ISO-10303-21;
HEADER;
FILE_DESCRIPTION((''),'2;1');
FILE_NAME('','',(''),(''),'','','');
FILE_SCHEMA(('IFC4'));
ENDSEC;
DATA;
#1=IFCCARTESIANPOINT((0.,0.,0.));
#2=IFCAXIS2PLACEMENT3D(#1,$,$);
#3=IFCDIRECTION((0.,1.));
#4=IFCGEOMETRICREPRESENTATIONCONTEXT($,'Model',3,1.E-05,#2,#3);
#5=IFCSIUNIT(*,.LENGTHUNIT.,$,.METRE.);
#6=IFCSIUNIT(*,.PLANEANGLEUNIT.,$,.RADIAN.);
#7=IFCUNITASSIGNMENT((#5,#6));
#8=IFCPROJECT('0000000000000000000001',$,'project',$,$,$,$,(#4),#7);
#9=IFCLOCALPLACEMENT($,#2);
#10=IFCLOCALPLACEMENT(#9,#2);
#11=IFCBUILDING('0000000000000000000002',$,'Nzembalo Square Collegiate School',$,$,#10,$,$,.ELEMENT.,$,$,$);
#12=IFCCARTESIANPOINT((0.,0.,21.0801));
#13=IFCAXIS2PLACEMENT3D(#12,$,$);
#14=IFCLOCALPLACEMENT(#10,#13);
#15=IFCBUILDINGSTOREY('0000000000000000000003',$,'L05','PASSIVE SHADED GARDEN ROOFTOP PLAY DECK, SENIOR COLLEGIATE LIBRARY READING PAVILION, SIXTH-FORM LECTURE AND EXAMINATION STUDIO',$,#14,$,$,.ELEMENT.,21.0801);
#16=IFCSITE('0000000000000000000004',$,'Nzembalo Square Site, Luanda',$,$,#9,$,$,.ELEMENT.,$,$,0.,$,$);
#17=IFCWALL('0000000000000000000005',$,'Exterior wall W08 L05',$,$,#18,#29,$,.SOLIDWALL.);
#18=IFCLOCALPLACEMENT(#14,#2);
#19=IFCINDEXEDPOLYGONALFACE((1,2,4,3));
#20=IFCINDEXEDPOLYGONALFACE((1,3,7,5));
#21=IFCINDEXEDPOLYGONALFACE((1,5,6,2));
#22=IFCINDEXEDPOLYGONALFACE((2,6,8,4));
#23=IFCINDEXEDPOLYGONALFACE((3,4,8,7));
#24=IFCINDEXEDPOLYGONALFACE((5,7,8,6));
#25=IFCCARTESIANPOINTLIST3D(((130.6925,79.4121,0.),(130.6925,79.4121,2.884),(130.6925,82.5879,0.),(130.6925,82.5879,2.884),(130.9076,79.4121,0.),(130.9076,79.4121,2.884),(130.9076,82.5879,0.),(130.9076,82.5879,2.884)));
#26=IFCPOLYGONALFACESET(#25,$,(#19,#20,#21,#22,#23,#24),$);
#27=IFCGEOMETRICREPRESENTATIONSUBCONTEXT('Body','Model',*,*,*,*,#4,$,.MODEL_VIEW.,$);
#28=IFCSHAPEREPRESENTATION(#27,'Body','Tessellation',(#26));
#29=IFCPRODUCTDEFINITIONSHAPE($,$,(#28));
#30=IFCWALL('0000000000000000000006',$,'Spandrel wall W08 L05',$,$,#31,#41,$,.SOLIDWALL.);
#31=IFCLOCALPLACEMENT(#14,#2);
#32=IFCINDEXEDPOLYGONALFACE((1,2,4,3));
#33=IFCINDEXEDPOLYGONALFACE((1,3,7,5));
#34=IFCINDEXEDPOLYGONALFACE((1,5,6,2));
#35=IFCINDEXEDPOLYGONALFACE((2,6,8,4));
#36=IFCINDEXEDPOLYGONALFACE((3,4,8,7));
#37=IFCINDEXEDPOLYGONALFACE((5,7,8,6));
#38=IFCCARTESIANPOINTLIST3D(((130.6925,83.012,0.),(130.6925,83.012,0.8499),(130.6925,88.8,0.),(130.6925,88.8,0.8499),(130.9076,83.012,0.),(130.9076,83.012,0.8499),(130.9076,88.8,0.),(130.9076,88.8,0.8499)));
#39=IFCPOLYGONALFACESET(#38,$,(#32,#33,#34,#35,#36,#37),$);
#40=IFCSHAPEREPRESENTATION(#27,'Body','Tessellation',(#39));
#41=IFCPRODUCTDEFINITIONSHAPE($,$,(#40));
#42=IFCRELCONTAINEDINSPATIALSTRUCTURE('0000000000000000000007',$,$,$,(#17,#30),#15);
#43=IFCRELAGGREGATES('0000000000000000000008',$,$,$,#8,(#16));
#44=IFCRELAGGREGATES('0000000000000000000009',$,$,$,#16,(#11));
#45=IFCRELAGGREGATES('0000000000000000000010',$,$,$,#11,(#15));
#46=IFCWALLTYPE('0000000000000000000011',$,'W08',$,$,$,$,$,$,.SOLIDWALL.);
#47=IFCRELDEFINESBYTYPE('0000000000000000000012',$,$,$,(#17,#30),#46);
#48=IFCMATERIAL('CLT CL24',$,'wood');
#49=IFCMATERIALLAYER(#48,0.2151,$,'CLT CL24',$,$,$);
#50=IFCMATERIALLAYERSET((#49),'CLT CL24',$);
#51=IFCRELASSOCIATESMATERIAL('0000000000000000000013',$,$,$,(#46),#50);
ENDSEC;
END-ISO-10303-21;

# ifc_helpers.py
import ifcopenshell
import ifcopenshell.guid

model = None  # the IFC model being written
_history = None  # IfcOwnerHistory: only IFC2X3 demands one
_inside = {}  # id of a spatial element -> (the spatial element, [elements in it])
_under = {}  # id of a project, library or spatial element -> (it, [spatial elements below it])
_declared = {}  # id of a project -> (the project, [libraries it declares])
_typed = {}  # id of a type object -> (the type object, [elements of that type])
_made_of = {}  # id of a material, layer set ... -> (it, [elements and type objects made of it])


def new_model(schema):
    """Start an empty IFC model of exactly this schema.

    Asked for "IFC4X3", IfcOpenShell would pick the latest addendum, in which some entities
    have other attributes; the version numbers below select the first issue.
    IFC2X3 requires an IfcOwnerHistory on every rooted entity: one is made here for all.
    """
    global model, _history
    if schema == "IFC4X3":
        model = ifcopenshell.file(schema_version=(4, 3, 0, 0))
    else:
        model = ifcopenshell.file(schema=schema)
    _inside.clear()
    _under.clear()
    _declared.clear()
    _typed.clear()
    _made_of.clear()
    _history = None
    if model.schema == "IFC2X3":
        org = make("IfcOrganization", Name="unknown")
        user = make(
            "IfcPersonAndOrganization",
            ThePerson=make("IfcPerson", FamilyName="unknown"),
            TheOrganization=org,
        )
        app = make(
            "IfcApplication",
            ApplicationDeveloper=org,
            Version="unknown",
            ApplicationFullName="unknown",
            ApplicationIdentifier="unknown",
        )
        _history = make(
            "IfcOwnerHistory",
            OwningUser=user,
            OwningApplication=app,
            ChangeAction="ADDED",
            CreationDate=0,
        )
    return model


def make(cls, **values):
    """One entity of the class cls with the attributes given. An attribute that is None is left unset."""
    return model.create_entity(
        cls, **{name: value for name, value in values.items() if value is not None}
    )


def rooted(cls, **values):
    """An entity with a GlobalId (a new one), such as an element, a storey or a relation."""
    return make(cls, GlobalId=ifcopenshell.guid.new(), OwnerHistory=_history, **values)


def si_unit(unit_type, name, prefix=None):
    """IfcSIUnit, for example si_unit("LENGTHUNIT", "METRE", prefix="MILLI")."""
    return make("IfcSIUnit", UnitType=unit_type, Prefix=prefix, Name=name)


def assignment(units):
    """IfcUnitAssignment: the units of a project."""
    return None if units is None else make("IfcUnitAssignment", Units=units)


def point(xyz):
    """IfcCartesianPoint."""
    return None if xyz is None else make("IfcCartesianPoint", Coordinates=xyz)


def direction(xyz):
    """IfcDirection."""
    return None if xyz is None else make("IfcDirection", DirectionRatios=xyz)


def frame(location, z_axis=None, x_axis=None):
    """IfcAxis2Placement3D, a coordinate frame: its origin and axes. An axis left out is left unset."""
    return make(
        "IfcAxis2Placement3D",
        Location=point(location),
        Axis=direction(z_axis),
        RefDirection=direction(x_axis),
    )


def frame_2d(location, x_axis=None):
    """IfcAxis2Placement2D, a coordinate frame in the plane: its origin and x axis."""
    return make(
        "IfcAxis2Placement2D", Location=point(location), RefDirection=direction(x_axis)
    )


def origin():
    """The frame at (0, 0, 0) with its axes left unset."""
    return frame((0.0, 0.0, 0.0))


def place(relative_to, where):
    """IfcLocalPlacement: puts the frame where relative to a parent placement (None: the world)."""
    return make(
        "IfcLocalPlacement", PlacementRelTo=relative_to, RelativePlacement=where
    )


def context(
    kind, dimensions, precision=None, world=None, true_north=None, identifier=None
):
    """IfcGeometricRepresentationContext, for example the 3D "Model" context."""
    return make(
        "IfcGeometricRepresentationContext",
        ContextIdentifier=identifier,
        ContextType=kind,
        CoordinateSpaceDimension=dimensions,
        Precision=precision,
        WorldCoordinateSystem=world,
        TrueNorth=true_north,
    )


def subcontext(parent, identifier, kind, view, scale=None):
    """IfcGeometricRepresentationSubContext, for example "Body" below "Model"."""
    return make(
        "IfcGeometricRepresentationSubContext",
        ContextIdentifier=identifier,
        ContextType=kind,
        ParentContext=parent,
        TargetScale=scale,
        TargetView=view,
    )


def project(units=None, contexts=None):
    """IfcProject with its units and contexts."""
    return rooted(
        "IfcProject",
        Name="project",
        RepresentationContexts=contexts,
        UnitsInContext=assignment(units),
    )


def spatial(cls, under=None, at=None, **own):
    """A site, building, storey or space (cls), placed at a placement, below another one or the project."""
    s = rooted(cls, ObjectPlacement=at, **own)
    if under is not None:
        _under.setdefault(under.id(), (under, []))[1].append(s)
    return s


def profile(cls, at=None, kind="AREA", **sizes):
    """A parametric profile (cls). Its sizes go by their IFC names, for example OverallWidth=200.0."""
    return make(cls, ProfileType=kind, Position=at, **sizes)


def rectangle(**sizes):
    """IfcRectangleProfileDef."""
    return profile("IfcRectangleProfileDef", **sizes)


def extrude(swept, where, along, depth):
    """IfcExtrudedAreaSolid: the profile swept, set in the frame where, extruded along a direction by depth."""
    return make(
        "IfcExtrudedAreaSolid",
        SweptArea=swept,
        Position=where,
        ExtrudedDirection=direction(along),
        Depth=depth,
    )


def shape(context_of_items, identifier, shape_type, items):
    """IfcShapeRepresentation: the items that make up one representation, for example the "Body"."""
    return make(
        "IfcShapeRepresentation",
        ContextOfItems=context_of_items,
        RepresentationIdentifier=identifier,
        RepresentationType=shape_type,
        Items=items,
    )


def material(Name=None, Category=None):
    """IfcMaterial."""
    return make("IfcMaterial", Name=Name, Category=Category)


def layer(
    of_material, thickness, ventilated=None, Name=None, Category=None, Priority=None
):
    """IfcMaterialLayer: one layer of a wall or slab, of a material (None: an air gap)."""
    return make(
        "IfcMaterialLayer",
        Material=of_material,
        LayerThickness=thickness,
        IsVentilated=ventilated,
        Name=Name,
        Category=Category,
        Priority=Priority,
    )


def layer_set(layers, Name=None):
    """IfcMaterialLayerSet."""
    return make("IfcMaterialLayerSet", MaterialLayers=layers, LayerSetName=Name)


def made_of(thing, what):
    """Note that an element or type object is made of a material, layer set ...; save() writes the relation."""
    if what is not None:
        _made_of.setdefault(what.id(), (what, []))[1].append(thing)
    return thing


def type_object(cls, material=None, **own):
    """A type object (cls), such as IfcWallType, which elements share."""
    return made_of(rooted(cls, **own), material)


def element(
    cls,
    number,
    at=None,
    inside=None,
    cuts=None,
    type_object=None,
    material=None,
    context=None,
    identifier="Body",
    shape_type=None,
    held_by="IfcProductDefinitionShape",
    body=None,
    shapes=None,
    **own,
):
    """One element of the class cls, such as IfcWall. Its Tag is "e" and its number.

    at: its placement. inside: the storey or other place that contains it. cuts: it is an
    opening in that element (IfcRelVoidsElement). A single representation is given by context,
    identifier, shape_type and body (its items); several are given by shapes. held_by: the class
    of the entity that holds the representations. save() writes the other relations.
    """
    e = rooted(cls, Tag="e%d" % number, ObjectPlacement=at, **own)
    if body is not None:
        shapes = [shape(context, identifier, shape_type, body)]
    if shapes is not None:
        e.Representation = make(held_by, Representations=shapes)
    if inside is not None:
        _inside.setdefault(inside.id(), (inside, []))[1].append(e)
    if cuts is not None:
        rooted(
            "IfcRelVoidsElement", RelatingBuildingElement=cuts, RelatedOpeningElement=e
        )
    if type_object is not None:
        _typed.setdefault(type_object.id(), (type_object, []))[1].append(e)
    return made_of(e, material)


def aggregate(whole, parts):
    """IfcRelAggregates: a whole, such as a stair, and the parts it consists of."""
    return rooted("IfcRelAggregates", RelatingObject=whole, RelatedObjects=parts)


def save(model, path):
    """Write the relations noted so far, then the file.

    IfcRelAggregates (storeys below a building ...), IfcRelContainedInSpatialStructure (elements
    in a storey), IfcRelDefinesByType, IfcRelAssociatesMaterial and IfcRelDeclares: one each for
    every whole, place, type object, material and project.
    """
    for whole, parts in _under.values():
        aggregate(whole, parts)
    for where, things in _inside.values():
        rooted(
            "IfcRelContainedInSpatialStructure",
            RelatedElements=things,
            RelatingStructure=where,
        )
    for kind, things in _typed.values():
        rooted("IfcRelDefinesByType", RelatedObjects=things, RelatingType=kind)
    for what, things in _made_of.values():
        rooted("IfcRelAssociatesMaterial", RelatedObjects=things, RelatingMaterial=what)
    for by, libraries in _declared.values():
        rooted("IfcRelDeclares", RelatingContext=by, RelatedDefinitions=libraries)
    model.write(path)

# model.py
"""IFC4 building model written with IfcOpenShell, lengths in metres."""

from ifc_helpers import new_model, si_unit, direction, frame, frame_2d, origin, place, context, subcontext, project, spatial, rectangle, extrude, material, layer, layer_set, type_object, element, save


model = new_model("IFC4")

# Units and contexts
model_context = context("Model", 3, precision=1e-05, world=origin(), true_north=direction((0.0, 1.0)))
body_context = subcontext(model_context, "Body", "Model", "MODEL_VIEW")
ifc_project = project(units=[si_unit("LENGTHUNIT", "METRE"), si_unit("PLANEANGLEUNIT", "RADIAN")], contexts=[model_context])

# Site, building, storey
site_placement = place(None, origin())
site = spatial("IfcSite", under=ifc_project, at=site_placement, Name="Nzembalo Square Site, Luanda", CompositionType="ELEMENT", RefElevation=0.0)
building_placement = place(site_placement, origin())
building = spatial("IfcBuilding", under=site, at=building_placement, Name="Nzembalo Square Collegiate School", CompositionType="ELEMENT")
storey_placement = place(building_placement, frame((0.0, 0.0, 21.0801)))
storey = spatial("IfcBuildingStorey", under=building, at=storey_placement, Name="L05", Description="PASSIVE SHADED GARDEN ROOFTOP PLAY DECK, SENIOR COLLEGIATE LIBRARY READING PAVILION, SIXTH-FORM LECTURE AND EXAMINATION STUDIO", CompositionType="ELEMENT", Elevation=21.0801)

# Walls
ifc_material_1 = material(Name="CLT CL24", Category="wood")
ifc_layer_1 = layer(ifc_material_1, 0.2151, Name="CLT CL24")
ifc_layer_set_1 = layer_set([ifc_layer_1], Name="CLT CL24")
wall_type = type_object("IfcWallType", Name="W08", PredefinedType="SOLIDWALL", material=ifc_layer_set_1)
wall_1_placement = place(storey_placement, frame((130.8, 79.4121, 0.0), z_axis=(0.0, 0.0, 1.0), x_axis=(0.0, 1.0, 0.0)))
element("IfcWall", 1, at=wall_1_placement, inside=storey, type_object=wall_type, Name="Exterior wall W08 L05", PredefinedType="SOLIDWALL", context=body_context, shape_type="SweptSolid", body=[
    extrude(rectangle(XDim=3.1758, YDim=0.2151, at=frame_2d((1.5879, 0.0))), origin(), (0.0, 0.0, 1.0), 2.884),
])
wall_2_placement = place(storey_placement, frame((130.8, 83.012, 0.0), z_axis=(0.0, 0.0, 1.0), x_axis=(0.0, 1.0, 0.0)))
element("IfcWall", 2, at=wall_2_placement, inside=storey, type_object=wall_type, Name="Spandrel wall W08 L05", PredefinedType="SOLIDWALL", context=body_context, shape_type="SweptSolid", body=[
    extrude(rectangle(XDim=5.7881, YDim=0.2151, at=frame_2d((2.894, 0.0))), origin(), (0.0, 0.0, 1.0), 0.8499),
])

save(model, "model.ifc")
